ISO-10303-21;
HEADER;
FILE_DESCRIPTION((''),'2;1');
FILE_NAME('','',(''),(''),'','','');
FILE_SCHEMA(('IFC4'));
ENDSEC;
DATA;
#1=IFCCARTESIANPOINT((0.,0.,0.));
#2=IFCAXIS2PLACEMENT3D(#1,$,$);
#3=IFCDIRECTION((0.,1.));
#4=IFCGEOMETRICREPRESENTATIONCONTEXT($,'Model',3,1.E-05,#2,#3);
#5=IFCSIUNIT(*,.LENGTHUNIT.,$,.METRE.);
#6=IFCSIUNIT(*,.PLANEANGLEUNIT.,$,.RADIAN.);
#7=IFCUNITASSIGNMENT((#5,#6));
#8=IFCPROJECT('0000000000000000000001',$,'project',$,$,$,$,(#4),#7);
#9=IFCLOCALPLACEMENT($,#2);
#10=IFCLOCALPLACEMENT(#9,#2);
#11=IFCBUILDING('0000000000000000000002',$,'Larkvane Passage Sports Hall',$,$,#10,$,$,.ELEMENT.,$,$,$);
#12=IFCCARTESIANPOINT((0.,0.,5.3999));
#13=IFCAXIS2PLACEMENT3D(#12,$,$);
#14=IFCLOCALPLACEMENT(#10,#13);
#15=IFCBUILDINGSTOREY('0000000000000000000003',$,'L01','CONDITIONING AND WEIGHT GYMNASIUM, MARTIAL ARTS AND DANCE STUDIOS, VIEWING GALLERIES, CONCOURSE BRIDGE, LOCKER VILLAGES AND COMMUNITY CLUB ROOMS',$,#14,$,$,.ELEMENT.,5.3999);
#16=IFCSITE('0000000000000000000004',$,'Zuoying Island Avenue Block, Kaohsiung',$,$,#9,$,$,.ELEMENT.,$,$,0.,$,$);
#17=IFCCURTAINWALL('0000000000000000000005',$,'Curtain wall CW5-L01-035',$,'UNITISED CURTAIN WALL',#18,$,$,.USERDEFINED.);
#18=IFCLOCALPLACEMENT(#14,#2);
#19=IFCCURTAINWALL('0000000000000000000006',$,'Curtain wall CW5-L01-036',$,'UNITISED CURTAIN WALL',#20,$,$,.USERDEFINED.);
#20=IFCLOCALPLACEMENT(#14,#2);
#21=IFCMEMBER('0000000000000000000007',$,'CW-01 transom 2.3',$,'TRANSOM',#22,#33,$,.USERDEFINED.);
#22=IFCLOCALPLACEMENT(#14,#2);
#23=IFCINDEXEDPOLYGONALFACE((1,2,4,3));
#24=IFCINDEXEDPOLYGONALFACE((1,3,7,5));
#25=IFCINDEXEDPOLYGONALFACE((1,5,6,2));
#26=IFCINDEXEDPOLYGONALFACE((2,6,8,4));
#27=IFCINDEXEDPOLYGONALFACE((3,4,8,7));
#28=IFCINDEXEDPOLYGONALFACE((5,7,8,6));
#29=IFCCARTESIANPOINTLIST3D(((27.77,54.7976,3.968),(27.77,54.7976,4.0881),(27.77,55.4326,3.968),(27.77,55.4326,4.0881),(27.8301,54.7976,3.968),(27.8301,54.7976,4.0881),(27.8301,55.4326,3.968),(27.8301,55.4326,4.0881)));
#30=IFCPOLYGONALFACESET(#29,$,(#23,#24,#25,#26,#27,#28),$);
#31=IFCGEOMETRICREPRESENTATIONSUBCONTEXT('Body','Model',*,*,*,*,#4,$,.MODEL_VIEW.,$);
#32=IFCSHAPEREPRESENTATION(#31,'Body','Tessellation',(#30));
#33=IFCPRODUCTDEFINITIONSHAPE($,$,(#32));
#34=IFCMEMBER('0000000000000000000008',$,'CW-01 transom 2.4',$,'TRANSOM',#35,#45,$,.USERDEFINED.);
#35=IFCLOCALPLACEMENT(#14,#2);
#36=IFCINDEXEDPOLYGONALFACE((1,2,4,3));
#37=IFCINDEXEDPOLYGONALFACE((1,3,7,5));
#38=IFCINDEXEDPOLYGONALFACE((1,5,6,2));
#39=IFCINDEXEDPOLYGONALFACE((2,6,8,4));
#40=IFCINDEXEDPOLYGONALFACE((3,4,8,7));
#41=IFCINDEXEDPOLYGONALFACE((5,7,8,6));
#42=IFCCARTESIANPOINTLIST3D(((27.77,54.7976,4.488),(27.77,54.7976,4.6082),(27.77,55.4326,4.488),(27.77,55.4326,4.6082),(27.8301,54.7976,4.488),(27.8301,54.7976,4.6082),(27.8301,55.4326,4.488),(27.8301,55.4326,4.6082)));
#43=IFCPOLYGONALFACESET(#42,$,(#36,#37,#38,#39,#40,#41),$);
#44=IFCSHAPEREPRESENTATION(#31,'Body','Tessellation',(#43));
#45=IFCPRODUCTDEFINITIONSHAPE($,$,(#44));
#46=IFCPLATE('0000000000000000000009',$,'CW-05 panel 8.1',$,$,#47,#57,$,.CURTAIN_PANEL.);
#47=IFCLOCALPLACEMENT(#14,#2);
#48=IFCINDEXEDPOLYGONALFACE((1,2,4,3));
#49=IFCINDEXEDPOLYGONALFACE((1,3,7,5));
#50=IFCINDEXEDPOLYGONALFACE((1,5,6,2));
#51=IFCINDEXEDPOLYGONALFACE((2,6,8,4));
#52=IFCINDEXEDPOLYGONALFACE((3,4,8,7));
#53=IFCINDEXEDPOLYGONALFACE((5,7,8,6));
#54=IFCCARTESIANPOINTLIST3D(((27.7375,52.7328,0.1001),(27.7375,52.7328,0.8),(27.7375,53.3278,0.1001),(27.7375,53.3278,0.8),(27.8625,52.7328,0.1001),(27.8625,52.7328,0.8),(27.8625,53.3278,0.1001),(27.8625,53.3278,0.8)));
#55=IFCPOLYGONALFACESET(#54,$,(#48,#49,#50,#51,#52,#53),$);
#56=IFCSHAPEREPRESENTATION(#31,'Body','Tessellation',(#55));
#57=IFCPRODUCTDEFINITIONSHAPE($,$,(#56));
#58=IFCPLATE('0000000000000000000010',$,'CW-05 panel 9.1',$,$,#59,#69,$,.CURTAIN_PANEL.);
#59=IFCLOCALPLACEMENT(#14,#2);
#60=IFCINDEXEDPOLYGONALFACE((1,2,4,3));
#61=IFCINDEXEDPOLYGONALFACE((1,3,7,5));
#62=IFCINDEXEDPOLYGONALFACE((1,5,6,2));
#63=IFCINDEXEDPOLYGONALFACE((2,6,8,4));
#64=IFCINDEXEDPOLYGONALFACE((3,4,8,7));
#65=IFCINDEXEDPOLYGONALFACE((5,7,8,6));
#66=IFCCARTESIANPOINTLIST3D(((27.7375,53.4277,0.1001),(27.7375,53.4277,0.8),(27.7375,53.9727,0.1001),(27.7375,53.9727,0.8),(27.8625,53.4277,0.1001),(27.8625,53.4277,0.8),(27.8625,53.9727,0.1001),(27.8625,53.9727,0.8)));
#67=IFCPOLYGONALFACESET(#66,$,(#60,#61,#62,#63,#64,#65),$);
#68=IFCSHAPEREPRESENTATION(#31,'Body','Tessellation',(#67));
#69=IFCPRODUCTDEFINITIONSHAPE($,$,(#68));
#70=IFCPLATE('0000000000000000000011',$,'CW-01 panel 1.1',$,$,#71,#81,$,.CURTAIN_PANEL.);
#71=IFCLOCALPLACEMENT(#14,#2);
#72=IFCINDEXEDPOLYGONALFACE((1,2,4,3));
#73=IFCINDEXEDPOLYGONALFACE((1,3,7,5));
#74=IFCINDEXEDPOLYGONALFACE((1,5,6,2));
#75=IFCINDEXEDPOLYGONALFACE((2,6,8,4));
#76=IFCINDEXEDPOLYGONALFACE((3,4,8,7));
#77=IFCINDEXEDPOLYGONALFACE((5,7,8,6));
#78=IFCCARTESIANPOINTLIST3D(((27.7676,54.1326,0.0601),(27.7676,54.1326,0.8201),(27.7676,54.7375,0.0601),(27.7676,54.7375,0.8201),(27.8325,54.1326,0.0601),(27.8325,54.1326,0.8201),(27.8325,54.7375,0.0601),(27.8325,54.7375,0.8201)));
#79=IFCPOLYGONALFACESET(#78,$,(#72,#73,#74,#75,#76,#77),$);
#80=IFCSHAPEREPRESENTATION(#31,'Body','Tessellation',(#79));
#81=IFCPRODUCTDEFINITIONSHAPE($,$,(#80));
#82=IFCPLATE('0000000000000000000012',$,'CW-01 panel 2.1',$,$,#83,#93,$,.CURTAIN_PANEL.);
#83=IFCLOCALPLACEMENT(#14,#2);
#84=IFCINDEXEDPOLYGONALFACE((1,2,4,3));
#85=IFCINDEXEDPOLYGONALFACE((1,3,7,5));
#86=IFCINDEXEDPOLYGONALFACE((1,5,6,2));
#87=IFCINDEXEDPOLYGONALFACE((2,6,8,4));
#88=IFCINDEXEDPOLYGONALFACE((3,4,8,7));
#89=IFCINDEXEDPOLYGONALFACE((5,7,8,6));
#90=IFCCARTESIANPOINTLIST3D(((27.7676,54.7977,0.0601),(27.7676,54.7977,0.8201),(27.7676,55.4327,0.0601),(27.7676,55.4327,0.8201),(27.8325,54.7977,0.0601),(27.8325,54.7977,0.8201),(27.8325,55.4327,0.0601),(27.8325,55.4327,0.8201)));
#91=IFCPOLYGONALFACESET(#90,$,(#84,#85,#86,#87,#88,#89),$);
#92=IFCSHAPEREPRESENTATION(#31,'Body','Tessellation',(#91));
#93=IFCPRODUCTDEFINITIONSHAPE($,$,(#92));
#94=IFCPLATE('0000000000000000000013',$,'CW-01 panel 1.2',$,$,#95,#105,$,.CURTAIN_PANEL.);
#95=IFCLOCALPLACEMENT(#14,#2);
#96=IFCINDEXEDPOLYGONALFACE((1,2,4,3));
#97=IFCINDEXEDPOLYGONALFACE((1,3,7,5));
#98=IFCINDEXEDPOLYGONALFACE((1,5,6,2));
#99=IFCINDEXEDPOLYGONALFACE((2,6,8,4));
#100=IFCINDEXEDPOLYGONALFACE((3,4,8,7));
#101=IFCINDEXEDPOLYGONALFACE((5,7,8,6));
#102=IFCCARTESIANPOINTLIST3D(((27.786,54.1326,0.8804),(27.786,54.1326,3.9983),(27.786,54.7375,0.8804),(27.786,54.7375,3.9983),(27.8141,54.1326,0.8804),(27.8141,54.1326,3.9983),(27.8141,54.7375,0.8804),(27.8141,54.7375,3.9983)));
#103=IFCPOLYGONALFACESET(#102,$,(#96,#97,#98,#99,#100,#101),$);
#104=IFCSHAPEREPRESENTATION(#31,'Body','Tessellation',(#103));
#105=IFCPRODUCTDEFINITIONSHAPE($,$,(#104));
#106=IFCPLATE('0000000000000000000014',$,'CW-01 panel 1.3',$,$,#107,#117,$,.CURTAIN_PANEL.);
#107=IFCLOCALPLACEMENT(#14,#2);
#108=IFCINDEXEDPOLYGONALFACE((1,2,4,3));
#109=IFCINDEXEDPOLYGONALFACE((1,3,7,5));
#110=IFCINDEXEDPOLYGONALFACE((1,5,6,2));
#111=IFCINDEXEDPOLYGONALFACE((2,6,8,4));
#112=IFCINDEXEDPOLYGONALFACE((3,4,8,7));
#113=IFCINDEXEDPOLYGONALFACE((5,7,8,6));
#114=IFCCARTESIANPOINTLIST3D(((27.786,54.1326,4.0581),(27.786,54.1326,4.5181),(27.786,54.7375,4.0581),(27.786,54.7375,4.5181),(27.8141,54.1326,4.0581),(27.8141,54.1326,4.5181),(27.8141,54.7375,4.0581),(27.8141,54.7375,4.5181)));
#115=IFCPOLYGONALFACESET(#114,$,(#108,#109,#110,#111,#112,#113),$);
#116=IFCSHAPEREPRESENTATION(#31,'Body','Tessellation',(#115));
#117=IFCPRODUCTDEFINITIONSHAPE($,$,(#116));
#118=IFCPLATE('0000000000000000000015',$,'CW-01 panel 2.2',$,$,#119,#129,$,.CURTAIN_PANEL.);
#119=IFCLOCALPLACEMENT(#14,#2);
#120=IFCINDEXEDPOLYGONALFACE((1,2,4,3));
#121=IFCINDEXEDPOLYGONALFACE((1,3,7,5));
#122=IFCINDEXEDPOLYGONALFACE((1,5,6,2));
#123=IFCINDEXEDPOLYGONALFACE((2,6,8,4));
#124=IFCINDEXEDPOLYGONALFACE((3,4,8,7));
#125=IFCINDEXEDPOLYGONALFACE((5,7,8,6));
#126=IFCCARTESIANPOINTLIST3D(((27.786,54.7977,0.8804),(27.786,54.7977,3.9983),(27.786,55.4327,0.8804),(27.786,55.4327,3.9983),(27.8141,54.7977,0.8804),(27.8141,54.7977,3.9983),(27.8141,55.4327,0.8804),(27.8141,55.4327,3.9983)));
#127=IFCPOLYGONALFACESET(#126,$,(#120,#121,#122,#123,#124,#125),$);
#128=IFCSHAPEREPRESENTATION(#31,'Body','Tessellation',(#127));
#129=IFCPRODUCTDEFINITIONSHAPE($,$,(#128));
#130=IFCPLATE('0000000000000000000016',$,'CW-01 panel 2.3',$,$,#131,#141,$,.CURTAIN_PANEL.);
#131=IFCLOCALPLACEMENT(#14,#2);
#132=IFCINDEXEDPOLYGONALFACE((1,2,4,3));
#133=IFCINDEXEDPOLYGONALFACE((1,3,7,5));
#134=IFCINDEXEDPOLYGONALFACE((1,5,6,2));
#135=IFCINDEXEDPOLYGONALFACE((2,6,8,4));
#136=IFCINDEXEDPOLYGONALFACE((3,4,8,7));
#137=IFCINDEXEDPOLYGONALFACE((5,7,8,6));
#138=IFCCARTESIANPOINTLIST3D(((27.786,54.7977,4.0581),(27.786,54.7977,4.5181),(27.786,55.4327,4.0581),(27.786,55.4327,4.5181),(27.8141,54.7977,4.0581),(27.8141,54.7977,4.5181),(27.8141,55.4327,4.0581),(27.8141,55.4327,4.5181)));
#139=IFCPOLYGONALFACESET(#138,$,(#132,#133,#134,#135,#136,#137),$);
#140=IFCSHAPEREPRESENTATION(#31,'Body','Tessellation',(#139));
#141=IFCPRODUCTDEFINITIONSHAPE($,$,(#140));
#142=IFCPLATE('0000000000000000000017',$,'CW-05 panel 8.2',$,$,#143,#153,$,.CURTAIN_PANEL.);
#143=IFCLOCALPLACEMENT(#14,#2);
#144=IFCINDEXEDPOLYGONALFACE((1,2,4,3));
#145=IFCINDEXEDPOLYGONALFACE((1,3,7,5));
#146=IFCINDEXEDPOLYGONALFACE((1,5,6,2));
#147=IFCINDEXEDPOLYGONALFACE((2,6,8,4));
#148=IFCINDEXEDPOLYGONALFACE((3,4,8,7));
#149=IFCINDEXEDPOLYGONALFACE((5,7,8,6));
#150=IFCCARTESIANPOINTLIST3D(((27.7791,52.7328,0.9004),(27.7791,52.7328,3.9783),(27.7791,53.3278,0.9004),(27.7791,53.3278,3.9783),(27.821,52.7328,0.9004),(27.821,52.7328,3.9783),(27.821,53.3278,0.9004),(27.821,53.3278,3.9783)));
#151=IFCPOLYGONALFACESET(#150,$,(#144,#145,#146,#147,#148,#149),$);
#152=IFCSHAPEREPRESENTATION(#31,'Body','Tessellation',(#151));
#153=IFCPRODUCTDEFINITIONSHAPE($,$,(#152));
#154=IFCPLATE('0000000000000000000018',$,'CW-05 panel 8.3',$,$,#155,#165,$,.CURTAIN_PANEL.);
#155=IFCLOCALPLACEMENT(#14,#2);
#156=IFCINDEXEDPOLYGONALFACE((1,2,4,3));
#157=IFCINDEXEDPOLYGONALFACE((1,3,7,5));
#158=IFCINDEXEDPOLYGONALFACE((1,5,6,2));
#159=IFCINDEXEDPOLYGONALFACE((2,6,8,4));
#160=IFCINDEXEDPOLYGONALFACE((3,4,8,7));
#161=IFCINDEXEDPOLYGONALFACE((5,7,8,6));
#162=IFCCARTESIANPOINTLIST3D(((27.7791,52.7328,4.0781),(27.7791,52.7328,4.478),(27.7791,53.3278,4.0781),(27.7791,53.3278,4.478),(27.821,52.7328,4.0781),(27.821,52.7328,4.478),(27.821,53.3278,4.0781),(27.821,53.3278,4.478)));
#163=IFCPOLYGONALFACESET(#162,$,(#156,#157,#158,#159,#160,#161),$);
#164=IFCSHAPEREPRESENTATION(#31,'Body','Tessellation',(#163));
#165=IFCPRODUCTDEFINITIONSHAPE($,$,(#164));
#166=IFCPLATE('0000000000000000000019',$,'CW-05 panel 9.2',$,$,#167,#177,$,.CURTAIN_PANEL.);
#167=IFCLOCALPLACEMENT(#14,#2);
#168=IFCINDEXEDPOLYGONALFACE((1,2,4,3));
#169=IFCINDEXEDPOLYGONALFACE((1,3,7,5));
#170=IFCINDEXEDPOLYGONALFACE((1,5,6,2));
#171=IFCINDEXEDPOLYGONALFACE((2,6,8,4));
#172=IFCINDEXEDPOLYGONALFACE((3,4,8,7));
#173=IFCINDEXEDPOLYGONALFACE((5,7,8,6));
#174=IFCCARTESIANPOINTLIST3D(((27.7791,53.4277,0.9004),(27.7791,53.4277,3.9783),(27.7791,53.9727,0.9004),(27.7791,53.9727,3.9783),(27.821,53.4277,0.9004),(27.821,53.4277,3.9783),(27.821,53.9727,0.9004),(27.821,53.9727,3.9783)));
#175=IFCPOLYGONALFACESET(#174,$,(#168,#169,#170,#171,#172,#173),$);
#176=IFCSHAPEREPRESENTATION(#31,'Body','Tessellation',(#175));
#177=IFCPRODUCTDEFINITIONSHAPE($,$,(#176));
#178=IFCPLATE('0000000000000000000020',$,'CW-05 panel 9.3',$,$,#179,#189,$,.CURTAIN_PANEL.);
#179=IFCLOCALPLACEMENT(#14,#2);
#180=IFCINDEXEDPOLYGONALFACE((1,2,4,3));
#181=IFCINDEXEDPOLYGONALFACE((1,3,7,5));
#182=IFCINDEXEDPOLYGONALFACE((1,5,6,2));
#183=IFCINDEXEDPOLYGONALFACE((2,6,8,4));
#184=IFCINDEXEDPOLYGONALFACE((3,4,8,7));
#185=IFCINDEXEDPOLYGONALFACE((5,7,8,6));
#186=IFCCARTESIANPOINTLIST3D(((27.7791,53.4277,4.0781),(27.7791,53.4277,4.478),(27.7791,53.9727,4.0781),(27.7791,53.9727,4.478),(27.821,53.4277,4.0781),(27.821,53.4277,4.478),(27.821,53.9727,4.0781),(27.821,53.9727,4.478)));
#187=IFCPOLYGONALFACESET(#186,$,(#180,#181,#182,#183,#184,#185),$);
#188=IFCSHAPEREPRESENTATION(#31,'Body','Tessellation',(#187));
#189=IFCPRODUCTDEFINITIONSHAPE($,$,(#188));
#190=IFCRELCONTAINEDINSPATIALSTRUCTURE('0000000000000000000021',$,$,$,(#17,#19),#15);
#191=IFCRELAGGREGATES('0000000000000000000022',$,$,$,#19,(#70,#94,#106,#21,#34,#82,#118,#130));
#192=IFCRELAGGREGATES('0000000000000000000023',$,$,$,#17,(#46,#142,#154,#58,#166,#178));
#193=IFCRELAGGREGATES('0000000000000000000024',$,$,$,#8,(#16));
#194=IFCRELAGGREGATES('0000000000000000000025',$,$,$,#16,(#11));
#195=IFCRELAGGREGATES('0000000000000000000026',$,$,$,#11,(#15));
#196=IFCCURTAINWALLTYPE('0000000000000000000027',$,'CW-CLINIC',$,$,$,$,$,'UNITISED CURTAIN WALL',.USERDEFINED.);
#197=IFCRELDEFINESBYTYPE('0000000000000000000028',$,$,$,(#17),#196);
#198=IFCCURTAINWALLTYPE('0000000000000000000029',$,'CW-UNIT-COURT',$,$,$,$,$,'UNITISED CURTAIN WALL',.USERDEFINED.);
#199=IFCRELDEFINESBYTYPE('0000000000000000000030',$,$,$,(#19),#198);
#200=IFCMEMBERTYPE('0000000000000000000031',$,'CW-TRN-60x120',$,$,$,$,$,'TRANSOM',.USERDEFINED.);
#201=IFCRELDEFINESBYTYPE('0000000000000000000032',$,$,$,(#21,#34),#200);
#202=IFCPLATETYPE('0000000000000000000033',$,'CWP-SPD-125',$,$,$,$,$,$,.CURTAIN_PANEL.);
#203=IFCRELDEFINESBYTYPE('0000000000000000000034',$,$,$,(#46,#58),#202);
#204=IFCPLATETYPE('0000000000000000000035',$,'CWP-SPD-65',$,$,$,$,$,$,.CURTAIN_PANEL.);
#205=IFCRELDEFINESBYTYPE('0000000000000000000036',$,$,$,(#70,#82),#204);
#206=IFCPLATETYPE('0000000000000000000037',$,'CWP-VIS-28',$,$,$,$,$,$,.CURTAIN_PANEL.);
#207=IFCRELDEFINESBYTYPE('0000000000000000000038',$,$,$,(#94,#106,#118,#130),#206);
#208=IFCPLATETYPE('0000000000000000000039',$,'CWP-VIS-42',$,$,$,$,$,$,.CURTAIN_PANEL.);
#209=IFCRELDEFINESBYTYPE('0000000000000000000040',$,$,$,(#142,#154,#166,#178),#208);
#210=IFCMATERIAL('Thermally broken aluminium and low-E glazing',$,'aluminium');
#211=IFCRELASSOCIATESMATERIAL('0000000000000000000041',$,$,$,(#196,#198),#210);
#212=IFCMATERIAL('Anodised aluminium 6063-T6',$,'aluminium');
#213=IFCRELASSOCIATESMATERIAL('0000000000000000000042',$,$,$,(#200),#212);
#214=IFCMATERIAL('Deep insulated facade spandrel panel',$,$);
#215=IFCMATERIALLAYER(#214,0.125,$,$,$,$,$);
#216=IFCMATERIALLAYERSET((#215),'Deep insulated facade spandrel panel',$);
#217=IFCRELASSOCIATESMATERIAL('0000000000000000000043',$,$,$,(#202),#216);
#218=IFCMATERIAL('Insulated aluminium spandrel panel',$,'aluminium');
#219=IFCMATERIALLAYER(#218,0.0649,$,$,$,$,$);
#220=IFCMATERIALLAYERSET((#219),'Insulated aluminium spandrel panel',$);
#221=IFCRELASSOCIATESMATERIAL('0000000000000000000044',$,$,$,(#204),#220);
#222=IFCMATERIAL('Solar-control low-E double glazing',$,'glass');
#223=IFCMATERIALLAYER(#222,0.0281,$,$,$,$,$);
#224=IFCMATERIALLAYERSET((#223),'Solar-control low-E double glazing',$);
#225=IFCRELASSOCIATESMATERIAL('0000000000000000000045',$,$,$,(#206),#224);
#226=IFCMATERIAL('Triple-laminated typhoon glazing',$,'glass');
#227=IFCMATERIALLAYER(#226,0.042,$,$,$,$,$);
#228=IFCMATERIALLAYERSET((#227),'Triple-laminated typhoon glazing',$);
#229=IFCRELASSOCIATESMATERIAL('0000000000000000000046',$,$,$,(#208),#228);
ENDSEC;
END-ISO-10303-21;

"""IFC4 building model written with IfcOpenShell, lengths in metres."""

from ifc_helpers import new_model, si_unit, direction, frame, origin, origin_2d, place, context, subcontext, project, spatial, rectangle, extrude, material, layer, layer_set, material_profile, profile_set, type_object, element, aggregate, save


model = new_model("IFC4")

# Units and contexts
model_context = context("Model", 3, precision=1e-05, world=origin(), true_north=direction((0.0, 1.0)))
body_context = subcontext(model_context, "Body", "Model", "MODEL_VIEW")
ifc_project = project(units=[si_unit("LENGTHUNIT", "METRE"), si_unit("PLANEANGLEUNIT", "RADIAN")], contexts=[model_context])

# Site, building, storey
site_placement = place(None, origin())
site = spatial("IfcSite", under=ifc_project, at=site_placement, Name="Zuoying Island Avenue Block, Kaohsiung", CompositionType="ELEMENT", RefElevation=0.0)
building_placement = place(site_placement, origin())
building = spatial("IfcBuilding", under=site, at=building_placement, Name="Larkvane Passage Sports Hall", CompositionType="ELEMENT")
storey_placement = place(building_placement, frame((0.0, 0.0, 5.3999)))
storey = spatial("IfcBuildingStorey", under=building, at=storey_placement, Name="L01", Description="CONDITIONING AND WEIGHT GYMNASIUM, MARTIAL ARTS AND DANCE STUDIOS, VIEWING GALLERIES, CONCOURSE BRIDGE, LOCKER VILLAGES AND COMMUNITY CLUB ROOMS", CompositionType="ELEMENT", Elevation=5.3999)

# Curtain walls
ifc_material_1 = material(Name="Thermally broken aluminium and low-E glazing", Category="aluminium")
curtain_wall_type_1 = type_object("IfcCurtainWallType", Name="CW-CLINIC", ElementType="UNITISED CURTAIN WALL", PredefinedType="USERDEFINED", material=ifc_material_1)
curtain_wall_1_placement = place(storey_placement, origin())
curtain_wall_1 = element("IfcCurtainWall", 1, at=curtain_wall_1_placement, inside=storey, type_object=curtain_wall_type_1, Name="Curtain wall CW5-L01-035", ObjectType="UNITISED CURTAIN WALL", PredefinedType="USERDEFINED")
ifc_material_2 = material(Name="Anodised aluminium 6063-T6", Category="aluminium")
curtain_wall_type_2 = type_object("IfcCurtainWallType", Name="CW-UNIT-COURT", ElementType="UNITISED CURTAIN WALL", PredefinedType="USERDEFINED", material=ifc_material_1)
curtain_wall_2_placement = place(storey_placement, origin())
curtain_wall_2 = element("IfcCurtainWall", 2, at=curtain_wall_2_placement, inside=storey, type_object=curtain_wall_type_2, Name="Curtain wall CW5-L01-036", ObjectType="UNITISED CURTAIN WALL", PredefinedType="USERDEFINED")

# Members
ifc_material_profile_1 = material_profile(ifc_material_2, rectangle(XDim=0.0601, YDim=0.1201, at=origin_2d()), Name="ALU-TRN-60x120")
ifc_profile_set_1 = profile_set([ifc_material_profile_1], Name="Anodised aluminium 6063-T6")
member_type_1 = type_object("IfcMemberType", Name="CW-TRN-60x120", ElementType="TRANSOM", PredefinedType="USERDEFINED", material=ifc_profile_set_1)
member_1_placement = place(storey_placement, frame((27.8, 54.7976, 4.0281), z_axis=(0.0, 1.0, 0.0), x_axis=(-1.0, 0.0, 0.0)))
member_1 = element("IfcMember", 3, at=member_1_placement, type_object=member_type_1, Name="CW-01 transom 2.3", ObjectType="TRANSOM", PredefinedType="USERDEFINED", context=body_context, shape_type="SweptSolid", body=[
    extrude(rectangle(XDim=0.0601, YDim=0.1201, at=origin_2d()), origin(), (0.0, 0.0, 1.0), 0.635),
])
member_2_placement = place(storey_placement, frame((27.8, 54.7976, 4.5481), z_axis=(0.0, 1.0, 0.0), x_axis=(-1.0, 0.0, 0.0)))
member_2 = element("IfcMember", 4, at=member_2_placement, type_object=member_type_1, Name="CW-01 transom 2.4", ObjectType="TRANSOM", PredefinedType="USERDEFINED", context=body_context, shape_type="SweptSolid", body=[
    extrude(rectangle(XDim=0.0601, YDim=0.1201, at=origin_2d()), origin(), (0.0, 0.0, 1.0), 0.635),
])

# Plates
ifc_material_3 = material(Name="Deep insulated facade spandrel panel")
ifc_layer_1 = layer(ifc_material_3, 0.125)
ifc_layer_set_1 = layer_set([ifc_layer_1], Name="Deep insulated facade spandrel panel")
plate_type_1 = type_object("IfcPlateType", Name="CWP-SPD-125", PredefinedType="CURTAIN_PANEL", material=ifc_layer_set_1)
plate_1_placement = place(storey_placement, frame((27.8, 53.0303, 0.1001), z_axis=(0.0, 0.0, 1.0), x_axis=(0.0, 1.0, 0.0)))
plate_1 = element("IfcPlate", 5, at=plate_1_placement, type_object=plate_type_1, Name="CW-05 panel 8.1", PredefinedType="CURTAIN_PANEL", context=body_context, shape_type="SweptSolid", body=[
    extrude(rectangle(XDim=0.595, YDim=0.125, at=origin_2d()), origin(), (0.0, 0.0, 1.0), 0.7),
])
plate_2_placement = place(storey_placement, frame((27.8, 53.7002, 0.1001), z_axis=(0.0, 0.0, 1.0), x_axis=(0.0, 1.0, 0.0)))
plate_2 = element("IfcPlate", 6, at=plate_2_placement, type_object=plate_type_1, Name="CW-05 panel 9.1", PredefinedType="CURTAIN_PANEL", context=body_context, shape_type="SweptSolid", body=[
    extrude(rectangle(XDim=0.5449, YDim=0.125, at=origin_2d()), origin(), (0.0, 0.0, 1.0), 0.7),
])
ifc_material_4 = material(Name="Insulated aluminium spandrel panel", Category="aluminium")
ifc_layer_2 = layer(ifc_material_4, 0.0649)
ifc_layer_set_2 = layer_set([ifc_layer_2], Name="Insulated aluminium spandrel panel")
plate_type_2 = type_object("IfcPlateType", Name="CWP-SPD-65", PredefinedType="CURTAIN_PANEL", material=ifc_layer_set_2)
plate_3_placement = place(storey_placement, frame((27.8, 54.4351, 0.0601), z_axis=(0.0, 0.0, 1.0), x_axis=(0.0, 1.0, 0.0)))
plate_3 = element("IfcPlate", 7, at=plate_3_placement, type_object=plate_type_2, Name="CW-01 panel 1.1", PredefinedType="CURTAIN_PANEL", context=body_context, shape_type="SweptSolid", body=[
    extrude(rectangle(XDim=0.605, YDim=0.0649, at=origin_2d()), origin(), (0.0, 0.0, 1.0), 0.76),
])
plate_4_placement = place(storey_placement, frame((27.8, 55.1152, 0.0601), z_axis=(0.0, 0.0, 1.0), x_axis=(0.0, 1.0, 0.0)))
plate_4 = element("IfcPlate", 8, at=plate_4_placement, type_object=plate_type_2, Name="CW-01 panel 2.1", PredefinedType="CURTAIN_PANEL", context=body_context, shape_type="SweptSolid", body=[
    extrude(rectangle(XDim=0.635, YDim=0.0649, at=origin_2d()), origin(), (0.0, 0.0, 1.0), 0.76),
])
ifc_material_5 = material(Name="Solar-control low-E double glazing", Category="glass")
ifc_layer_3 = layer(ifc_material_5, 0.0281)
ifc_layer_set_3 = layer_set([ifc_layer_3], Name="Solar-control low-E double glazing")
plate_type_3 = type_object("IfcPlateType", Name="CWP-VIS-28", PredefinedType="CURTAIN_PANEL", material=ifc_layer_set_3)
plate_5_placement = place(storey_placement, frame((27.8, 54.4351, 0.8804), z_axis=(0.0, 0.0, 1.0), x_axis=(0.0, 1.0, 0.0)))
plate_5 = element("IfcPlate", 9, at=plate_5_placement, type_object=plate_type_3, Name="CW-01 panel 1.2", PredefinedType="CURTAIN_PANEL", context=body_context, shape_type="SweptSolid", body=[
    extrude(rectangle(XDim=0.605, YDim=0.0281, at=origin_2d()), origin(), (0.0, 0.0, 1.0), 3.1179),
])
plate_6_placement = place(storey_placement, frame((27.8, 54.4351, 4.0581), z_axis=(0.0, 0.0, 1.0), x_axis=(0.0, 1.0, 0.0)))
plate_6 = element("IfcPlate", 10, at=plate_6_placement, type_object=plate_type_3, Name="CW-01 panel 1.3", PredefinedType="CURTAIN_PANEL", context=body_context, shape_type="SweptSolid", body=[
    extrude(rectangle(XDim=0.605, YDim=0.0281, at=origin_2d()), origin(), (0.0, 0.0, 1.0), 0.46),
])
plate_7_placement = place(storey_placement, frame((27.8, 55.1152, 0.8804), z_axis=(0.0, 0.0, 1.0), x_axis=(0.0, 1.0, 0.0)))
plate_7 = element("IfcPlate", 11, at=plate_7_placement, type_object=plate_type_3, Name="CW-01 panel 2.2", PredefinedType="CURTAIN_PANEL", context=body_context, shape_type="SweptSolid", body=[
    extrude(rectangle(XDim=0.635, YDim=0.0281, at=origin_2d()), origin(), (0.0, 0.0, 1.0), 3.1179),
])
plate_8_placement = place(storey_placement, frame((27.8, 55.1152, 4.0581), z_axis=(0.0, 0.0, 1.0), x_axis=(0.0, 1.0, 0.0)))
plate_8 = element("IfcPlate", 12, at=plate_8_placement, type_object=plate_type_3, Name="CW-01 panel 2.3", PredefinedType="CURTAIN_PANEL", context=body_context, shape_type="SweptSolid", body=[
    extrude(rectangle(XDim=0.635, YDim=0.0281, at=origin_2d()), origin(), (0.0, 0.0, 1.0), 0.46),
])
aggregate(curtain_wall_2, [plate_3, plate_5, plate_6, member_1, member_2, plate_4, plate_7, plate_8])
ifc_material_6 = material(Name="Triple-laminated typhoon glazing", Category="glass")
ifc_layer_4 = layer(ifc_material_6, 0.042)
ifc_layer_set_4 = layer_set([ifc_layer_4], Name="Triple-laminated typhoon glazing")
plate_type_4 = type_object("IfcPlateType", Name="CWP-VIS-42", PredefinedType="CURTAIN_PANEL", material=ifc_layer_set_4)
plate_9_placement = place(storey_placement, frame((27.8, 53.0303, 0.9004), z_axis=(0.0, 0.0, 1.0), x_axis=(0.0, 1.0, 0.0)))
plate_9 = element("IfcPlate", 13, at=plate_9_placement, type_object=plate_type_4, Name="CW-05 panel 8.2", PredefinedType="CURTAIN_PANEL", context=body_context, shape_type="SweptSolid", body=[
    extrude(rectangle(XDim=0.595, YDim=0.042, at=origin_2d()), origin(), (0.0, 0.0, 1.0), 3.0779),
])
plate_10_placement = place(storey_placement, frame((27.8, 53.0303, 4.0781), z_axis=(0.0, 0.0, 1.0), x_axis=(0.0, 1.0, 0.0)))
plate_10 = element("IfcPlate", 14, at=plate_10_placement, type_object=plate_type_4, Name="CW-05 panel 8.3", PredefinedType="CURTAIN_PANEL", context=body_context, shape_type="SweptSolid", body=[
    extrude(rectangle(XDim=0.595, YDim=0.042, at=origin_2d()), origin(), (0.0, 0.0, 1.0), 0.3999),
])
plate_11_placement = place(storey_placement, frame((27.8, 53.7002, 0.9004), z_axis=(0.0, 0.0, 1.0), x_axis=(0.0, 1.0, 0.0)))
plate_11 = element("IfcPlate", 15, at=plate_11_placement, type_object=plate_type_4, Name="CW-05 panel 9.2", PredefinedType="CURTAIN_PANEL", context=body_context, shape_type="SweptSolid", body=[
    extrude(rectangle(XDim=0.5449, YDim=0.042, at=origin_2d()), origin(), (0.0, 0.0, 1.0), 3.0779),
])
plate_12_placement = place(storey_placement, frame((27.8, 53.7002, 4.0781), z_axis=(0.0, 0.0, 1.0), x_axis=(0.0, 1.0, 0.0)))
plate_12 = element("IfcPlate", 16, at=plate_12_placement, type_object=plate_type_4, Name="CW-05 panel 9.3", PredefinedType="CURTAIN_PANEL", context=body_context, shape_type="SweptSolid", body=[
    extrude(rectangle(XDim=0.5449, YDim=0.042, at=origin_2d()), origin(), (0.0, 0.0, 1.0), 0.3999),
])
aggregate(curtain_wall_1, [plate_1, plate_9, plate_10, plate_2, plate_11, plate_12])

save(model, "model.ifc")
